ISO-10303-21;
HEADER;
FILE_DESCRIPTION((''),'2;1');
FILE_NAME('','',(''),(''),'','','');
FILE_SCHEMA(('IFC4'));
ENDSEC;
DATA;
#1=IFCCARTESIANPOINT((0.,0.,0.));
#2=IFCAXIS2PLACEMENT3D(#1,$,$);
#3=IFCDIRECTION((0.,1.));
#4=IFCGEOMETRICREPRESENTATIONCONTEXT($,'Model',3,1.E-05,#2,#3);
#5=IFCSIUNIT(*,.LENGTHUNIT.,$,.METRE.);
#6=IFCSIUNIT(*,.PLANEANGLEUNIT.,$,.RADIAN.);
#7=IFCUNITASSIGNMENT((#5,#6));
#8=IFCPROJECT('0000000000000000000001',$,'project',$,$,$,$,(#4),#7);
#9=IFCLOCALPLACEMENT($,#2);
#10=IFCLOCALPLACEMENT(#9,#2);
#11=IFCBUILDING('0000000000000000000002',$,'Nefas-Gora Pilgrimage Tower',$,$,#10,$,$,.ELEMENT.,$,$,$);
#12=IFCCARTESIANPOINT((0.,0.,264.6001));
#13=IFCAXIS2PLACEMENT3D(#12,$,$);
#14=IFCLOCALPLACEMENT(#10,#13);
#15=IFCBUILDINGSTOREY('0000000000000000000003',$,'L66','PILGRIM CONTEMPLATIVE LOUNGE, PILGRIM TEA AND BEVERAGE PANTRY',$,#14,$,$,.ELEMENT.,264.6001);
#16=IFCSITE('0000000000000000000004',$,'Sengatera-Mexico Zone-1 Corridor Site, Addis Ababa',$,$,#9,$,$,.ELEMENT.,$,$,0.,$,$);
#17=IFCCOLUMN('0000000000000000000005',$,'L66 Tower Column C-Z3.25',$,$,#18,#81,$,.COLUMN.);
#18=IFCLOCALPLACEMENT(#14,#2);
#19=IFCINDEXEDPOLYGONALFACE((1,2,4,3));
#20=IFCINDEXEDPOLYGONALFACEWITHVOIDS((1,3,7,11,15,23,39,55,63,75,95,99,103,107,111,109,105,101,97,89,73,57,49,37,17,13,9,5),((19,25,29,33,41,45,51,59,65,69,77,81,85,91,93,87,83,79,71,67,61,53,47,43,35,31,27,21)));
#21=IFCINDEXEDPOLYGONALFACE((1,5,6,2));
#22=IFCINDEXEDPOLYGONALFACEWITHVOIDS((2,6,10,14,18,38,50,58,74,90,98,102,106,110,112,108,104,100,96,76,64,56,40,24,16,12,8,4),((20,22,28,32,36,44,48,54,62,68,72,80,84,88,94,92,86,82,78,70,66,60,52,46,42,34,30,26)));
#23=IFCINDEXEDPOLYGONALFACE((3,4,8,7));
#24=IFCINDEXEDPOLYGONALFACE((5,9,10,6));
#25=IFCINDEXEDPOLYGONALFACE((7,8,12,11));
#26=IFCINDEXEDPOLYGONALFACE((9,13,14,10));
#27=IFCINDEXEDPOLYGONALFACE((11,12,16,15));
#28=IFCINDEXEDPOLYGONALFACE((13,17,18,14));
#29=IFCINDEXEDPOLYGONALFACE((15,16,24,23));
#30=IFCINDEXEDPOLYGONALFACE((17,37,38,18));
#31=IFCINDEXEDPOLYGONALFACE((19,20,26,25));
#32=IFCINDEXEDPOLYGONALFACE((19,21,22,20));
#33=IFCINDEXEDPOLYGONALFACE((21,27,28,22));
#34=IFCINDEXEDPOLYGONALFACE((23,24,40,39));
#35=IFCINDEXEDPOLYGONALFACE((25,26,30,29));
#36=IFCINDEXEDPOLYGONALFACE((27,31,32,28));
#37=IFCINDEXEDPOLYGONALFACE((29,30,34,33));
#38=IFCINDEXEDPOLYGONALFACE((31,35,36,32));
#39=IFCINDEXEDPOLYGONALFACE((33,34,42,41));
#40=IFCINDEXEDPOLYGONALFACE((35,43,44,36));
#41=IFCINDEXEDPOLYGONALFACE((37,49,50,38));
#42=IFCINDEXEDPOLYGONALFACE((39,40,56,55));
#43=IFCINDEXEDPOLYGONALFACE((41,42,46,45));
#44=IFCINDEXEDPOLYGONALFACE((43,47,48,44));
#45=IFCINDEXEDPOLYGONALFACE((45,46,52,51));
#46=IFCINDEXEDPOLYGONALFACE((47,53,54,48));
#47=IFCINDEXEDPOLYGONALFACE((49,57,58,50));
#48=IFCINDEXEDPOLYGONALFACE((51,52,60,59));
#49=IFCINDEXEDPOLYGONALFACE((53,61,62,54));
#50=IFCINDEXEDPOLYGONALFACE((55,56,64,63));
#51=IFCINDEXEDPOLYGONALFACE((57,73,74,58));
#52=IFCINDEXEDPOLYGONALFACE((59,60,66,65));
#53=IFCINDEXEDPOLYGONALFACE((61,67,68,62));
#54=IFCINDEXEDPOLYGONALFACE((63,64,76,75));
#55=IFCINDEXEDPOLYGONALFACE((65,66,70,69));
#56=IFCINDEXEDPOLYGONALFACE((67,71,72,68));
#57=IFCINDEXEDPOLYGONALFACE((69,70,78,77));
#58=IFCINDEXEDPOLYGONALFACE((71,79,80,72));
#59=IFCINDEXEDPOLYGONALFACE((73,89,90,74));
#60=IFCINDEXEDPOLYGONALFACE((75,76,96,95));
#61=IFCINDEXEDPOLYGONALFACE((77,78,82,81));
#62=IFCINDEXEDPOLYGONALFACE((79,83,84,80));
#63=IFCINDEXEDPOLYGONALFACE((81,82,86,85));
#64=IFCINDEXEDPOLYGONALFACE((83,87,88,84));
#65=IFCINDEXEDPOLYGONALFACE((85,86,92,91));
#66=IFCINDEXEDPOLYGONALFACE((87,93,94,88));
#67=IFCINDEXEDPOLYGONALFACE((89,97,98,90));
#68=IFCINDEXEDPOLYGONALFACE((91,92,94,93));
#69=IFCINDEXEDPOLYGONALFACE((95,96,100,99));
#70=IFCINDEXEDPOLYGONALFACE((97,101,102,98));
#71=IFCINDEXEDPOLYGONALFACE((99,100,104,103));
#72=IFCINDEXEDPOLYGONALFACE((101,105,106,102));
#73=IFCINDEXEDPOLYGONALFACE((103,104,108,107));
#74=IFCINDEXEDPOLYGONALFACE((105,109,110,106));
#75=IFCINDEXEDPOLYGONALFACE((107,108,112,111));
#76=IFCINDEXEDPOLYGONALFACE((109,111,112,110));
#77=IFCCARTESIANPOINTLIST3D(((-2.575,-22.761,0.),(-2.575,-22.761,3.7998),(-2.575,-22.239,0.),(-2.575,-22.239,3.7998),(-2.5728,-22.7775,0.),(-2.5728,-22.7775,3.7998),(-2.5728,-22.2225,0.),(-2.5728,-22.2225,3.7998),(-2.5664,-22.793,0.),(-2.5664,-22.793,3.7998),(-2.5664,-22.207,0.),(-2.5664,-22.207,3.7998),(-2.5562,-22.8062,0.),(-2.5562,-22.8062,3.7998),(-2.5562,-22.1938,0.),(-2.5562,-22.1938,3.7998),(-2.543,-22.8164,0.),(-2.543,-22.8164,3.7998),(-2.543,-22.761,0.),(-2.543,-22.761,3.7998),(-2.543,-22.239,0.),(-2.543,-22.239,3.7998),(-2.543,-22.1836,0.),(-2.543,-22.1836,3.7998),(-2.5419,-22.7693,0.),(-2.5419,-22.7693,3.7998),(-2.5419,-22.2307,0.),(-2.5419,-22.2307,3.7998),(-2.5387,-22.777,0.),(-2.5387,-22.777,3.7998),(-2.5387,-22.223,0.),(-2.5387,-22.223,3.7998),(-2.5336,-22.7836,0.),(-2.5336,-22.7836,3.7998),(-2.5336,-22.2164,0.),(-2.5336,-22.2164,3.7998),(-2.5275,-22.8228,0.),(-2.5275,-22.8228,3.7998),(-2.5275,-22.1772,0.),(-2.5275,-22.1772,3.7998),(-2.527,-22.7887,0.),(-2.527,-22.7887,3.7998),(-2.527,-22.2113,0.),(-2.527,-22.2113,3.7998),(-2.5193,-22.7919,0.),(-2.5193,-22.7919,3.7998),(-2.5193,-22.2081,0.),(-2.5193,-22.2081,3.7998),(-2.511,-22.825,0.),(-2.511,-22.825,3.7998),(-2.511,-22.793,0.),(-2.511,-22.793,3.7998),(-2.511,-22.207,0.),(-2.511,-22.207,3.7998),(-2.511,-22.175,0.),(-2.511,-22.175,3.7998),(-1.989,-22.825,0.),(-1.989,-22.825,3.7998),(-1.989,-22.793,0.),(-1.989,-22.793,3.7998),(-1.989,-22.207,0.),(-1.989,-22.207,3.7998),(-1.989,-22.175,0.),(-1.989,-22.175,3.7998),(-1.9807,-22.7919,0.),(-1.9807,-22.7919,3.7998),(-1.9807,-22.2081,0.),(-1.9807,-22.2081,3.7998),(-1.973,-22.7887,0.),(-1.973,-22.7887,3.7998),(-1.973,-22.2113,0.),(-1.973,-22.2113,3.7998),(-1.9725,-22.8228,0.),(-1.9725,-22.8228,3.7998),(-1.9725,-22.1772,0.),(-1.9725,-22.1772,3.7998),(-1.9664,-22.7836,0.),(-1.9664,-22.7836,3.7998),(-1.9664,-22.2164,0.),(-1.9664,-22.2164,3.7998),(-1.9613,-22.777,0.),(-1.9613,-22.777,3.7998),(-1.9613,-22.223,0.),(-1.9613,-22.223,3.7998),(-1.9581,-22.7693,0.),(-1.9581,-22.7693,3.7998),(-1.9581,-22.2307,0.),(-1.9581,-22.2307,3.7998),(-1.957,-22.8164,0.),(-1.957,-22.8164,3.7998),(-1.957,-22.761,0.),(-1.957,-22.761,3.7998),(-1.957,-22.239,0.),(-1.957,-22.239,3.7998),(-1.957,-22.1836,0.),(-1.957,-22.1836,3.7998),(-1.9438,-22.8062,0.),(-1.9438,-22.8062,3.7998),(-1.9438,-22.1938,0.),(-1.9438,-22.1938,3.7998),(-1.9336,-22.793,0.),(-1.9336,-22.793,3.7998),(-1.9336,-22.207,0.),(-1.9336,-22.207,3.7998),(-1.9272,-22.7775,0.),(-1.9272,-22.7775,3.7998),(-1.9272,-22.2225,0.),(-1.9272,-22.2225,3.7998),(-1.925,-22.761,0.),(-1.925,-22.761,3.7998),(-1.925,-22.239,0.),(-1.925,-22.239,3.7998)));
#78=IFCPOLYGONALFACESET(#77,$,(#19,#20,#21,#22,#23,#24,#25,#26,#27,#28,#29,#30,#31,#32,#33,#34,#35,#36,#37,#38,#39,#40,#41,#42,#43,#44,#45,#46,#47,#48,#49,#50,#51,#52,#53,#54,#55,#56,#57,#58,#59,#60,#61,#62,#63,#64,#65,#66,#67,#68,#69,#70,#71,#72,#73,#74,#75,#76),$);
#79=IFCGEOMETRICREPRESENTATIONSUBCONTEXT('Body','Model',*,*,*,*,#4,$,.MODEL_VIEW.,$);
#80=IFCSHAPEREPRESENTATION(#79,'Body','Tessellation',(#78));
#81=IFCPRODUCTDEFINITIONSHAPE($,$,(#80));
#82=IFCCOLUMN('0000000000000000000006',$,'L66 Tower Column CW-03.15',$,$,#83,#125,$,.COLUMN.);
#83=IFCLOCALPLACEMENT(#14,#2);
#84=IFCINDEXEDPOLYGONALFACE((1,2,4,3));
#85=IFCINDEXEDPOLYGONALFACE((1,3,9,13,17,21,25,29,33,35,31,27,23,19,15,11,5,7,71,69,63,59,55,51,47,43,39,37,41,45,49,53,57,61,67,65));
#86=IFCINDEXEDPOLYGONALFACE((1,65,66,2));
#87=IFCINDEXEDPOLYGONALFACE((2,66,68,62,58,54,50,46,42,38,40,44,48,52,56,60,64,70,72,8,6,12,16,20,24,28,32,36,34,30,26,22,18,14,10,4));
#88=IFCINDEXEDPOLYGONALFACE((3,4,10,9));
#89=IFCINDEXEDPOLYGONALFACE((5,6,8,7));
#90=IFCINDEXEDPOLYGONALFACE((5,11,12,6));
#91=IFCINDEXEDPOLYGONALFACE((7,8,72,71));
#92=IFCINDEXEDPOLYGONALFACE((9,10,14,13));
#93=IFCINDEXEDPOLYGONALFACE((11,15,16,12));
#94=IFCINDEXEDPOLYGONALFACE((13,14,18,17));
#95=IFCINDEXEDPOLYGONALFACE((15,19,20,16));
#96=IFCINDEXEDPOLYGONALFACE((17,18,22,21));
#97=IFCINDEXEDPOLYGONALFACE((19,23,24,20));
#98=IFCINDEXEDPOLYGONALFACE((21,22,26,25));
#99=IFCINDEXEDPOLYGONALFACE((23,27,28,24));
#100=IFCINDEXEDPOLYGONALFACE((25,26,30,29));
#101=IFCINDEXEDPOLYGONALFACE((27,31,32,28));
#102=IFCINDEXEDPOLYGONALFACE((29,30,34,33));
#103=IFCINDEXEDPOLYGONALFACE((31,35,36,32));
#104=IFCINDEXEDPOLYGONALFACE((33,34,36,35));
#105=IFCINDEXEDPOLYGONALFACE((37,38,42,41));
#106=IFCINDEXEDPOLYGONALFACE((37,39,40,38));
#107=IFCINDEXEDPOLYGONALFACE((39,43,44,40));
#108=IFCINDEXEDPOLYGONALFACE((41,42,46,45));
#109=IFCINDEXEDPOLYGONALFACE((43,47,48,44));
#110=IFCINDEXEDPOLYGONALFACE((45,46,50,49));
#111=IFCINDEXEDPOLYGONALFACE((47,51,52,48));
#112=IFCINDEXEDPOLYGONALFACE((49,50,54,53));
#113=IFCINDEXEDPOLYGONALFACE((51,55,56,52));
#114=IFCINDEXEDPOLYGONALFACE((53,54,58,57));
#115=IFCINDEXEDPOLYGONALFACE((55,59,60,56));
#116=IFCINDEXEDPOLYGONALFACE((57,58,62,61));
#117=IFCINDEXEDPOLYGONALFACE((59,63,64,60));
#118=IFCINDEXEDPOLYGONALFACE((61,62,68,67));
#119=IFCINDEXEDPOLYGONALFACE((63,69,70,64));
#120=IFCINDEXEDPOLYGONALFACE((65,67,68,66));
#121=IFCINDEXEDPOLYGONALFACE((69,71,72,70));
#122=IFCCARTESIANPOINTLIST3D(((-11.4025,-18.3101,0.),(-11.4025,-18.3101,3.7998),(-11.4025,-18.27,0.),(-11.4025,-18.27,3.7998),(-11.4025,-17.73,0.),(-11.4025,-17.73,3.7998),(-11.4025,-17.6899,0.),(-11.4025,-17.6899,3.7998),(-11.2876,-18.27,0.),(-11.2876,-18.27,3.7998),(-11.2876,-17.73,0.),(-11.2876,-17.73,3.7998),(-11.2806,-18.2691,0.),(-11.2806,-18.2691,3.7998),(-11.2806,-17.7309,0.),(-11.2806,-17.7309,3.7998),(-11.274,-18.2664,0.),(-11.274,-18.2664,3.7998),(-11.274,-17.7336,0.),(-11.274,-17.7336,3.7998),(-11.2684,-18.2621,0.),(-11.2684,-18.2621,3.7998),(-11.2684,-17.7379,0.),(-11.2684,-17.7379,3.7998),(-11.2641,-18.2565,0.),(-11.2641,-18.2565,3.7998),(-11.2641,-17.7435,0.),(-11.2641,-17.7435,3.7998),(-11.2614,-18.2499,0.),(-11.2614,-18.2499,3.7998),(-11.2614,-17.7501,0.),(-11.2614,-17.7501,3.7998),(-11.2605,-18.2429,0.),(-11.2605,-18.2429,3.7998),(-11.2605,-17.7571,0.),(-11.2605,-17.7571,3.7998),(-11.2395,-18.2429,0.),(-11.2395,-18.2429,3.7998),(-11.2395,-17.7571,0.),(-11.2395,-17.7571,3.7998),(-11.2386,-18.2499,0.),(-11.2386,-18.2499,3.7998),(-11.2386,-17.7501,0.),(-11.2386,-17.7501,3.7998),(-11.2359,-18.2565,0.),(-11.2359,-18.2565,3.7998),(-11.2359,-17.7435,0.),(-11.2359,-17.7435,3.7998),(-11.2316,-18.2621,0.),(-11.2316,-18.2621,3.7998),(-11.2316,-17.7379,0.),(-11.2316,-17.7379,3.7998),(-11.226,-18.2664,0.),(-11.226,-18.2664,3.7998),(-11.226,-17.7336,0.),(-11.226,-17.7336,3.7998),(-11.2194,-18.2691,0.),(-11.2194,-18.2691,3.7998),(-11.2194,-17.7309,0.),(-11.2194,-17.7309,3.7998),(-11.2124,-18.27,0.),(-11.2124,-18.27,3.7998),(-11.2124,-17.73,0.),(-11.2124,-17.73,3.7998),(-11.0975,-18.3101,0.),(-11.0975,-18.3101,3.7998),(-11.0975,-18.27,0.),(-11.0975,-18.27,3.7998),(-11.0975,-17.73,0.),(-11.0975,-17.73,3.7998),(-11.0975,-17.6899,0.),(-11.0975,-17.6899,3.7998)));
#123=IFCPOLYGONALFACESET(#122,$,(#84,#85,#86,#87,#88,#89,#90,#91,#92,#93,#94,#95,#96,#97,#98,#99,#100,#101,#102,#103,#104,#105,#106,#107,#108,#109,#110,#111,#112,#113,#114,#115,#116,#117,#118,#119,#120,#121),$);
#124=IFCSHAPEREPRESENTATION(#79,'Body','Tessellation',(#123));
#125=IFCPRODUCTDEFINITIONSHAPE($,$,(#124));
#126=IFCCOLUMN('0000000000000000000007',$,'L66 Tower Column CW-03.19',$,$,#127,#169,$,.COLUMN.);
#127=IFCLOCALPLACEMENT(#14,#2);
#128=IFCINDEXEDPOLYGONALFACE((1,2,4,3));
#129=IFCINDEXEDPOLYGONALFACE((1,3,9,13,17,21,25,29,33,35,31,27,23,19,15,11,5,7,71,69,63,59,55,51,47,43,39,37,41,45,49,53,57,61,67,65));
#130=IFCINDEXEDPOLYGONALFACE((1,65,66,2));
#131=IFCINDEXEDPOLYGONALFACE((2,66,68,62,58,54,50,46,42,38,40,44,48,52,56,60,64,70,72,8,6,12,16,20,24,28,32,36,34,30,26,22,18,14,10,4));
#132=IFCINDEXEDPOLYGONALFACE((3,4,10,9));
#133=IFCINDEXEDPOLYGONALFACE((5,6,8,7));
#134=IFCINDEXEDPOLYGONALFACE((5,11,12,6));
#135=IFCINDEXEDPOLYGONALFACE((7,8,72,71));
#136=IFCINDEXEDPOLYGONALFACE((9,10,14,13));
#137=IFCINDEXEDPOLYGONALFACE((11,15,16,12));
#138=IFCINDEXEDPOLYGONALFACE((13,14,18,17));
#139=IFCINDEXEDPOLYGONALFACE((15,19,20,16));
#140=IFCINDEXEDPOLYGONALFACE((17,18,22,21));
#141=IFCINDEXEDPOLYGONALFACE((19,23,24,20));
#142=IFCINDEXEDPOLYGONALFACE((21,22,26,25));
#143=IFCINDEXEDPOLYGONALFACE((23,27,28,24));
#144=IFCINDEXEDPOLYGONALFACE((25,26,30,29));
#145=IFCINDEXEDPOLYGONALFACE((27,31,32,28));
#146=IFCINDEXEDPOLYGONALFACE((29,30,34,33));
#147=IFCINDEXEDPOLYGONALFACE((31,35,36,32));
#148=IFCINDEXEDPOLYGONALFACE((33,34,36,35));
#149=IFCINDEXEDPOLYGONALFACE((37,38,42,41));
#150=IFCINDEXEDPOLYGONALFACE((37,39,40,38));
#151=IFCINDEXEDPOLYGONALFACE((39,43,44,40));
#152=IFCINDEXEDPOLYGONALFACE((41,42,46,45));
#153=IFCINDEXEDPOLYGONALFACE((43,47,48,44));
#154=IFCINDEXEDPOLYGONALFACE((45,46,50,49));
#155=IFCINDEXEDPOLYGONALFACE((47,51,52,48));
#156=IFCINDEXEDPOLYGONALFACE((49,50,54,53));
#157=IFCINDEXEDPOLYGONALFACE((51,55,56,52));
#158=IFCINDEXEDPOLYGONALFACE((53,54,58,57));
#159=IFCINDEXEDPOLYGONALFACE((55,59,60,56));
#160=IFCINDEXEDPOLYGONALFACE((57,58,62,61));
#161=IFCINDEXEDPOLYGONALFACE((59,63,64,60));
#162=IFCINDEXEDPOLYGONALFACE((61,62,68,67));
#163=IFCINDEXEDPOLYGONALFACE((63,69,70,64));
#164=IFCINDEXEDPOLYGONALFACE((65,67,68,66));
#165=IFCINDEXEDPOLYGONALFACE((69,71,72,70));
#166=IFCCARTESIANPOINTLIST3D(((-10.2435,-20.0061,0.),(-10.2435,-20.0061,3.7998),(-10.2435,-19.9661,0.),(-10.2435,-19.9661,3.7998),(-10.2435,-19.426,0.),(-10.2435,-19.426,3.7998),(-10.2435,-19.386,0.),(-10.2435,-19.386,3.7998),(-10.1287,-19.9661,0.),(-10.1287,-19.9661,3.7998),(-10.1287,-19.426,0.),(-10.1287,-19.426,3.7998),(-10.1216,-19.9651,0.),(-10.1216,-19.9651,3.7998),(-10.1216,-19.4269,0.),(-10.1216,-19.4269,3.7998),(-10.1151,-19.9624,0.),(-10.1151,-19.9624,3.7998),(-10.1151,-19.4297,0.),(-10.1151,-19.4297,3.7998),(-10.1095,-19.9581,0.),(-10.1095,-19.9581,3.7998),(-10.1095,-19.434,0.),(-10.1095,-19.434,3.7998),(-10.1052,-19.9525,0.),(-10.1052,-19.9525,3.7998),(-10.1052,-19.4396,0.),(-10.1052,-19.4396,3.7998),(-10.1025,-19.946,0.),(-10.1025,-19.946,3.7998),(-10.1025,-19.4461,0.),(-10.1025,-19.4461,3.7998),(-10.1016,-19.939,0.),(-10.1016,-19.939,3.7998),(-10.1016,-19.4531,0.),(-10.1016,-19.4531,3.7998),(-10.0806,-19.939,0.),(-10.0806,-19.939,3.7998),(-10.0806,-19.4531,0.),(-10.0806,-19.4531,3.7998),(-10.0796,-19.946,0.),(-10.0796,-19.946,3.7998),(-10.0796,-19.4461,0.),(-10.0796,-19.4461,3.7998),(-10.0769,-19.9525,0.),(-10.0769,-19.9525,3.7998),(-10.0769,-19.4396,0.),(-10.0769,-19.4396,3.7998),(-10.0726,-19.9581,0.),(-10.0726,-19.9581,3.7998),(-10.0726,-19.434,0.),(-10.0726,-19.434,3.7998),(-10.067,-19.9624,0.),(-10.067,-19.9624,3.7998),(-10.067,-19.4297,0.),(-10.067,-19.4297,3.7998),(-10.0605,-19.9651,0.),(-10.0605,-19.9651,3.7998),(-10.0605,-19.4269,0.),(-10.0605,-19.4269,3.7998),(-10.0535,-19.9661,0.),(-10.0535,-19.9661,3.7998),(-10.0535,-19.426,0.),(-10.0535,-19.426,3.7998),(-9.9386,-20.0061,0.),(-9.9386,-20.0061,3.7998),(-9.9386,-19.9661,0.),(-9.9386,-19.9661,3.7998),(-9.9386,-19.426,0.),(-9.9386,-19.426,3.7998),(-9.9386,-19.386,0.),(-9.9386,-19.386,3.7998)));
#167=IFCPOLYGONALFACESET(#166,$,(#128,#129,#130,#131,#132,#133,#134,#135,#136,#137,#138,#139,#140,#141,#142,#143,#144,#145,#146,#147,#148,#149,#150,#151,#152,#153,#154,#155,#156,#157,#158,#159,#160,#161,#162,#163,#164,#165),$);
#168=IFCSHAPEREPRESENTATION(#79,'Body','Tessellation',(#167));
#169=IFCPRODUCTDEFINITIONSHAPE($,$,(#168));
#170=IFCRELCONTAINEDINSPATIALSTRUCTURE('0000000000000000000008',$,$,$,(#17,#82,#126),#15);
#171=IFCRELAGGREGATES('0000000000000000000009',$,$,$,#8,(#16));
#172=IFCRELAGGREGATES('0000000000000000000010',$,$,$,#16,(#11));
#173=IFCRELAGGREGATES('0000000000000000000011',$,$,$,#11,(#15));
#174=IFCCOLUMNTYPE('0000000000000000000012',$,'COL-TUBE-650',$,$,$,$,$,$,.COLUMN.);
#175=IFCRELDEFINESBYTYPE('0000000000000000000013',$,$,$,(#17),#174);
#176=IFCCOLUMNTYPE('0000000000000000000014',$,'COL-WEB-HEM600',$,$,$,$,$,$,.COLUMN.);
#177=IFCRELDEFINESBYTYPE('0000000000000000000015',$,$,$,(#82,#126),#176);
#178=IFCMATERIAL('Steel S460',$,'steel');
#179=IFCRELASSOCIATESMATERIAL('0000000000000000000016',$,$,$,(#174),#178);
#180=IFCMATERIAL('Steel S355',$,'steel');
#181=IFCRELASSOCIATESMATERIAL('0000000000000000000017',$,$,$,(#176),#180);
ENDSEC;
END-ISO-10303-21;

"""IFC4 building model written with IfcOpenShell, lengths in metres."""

from ifc_helpers import new_model, si_unit, direction, frame, origin, origin_2d, place, context, subcontext, project, spatial, hollow_rectangle, i_section, extrude, source, transform, mapped, material, material_profile, profile_set, type_object, element, save


model = new_model("IFC4")

# Units and contexts
model_context = context("Model", 3, precision=1e-05, world=origin(), true_north=direction((0.0, 1.0)))
body_context = subcontext(model_context, "Body", "Model", "MODEL_VIEW")
ifc_project = project(units=[si_unit("LENGTHUNIT", "METRE"), si_unit("PLANEANGLEUNIT", "RADIAN")], contexts=[model_context])

# Site, building, storey
site_placement = place(None, origin())
site = spatial("IfcSite", under=ifc_project, at=site_placement, Name="Sengatera-Mexico Zone-1 Corridor Site, Addis Ababa", CompositionType="ELEMENT", RefElevation=0.0)
building_placement = place(site_placement, origin())
building = spatial("IfcBuilding", under=site, at=building_placement, Name="Nefas-Gora Pilgrimage Tower", CompositionType="ELEMENT")
storey_placement = place(building_placement, frame((0.0, 0.0, 264.6001)))
storey = spatial("IfcBuildingStorey", under=building, at=storey_placement, Name="L66", Description="PILGRIM CONTEMPLATIVE LOUNGE, PILGRIM TEA AND BEVERAGE PANTRY", CompositionType="ELEMENT", Elevation=264.6001)

# Columns
ifc_material_1 = material(Name="Steel S460", Category="steel")
ifc_material_profile_1 = material_profile(ifc_material_1, hollow_rectangle(XDim=0.6499, YDim=0.6499, WallThickness=0.032, InnerFilletRadius=0.032, OuterFilletRadius=0.064, at=origin_2d()), Name="BOX 650x650x32")
ifc_profile_set_1 = profile_set([ifc_material_profile_1], Name="Steel S460")
column_type_1 = type_object("IfcColumnType", Name="COL-TUBE-650", PredefinedType="COLUMN", material=ifc_profile_set_1)
shared_shape_1 = source(origin(), body_context, "Body", "SweptSolid", [
    extrude(hollow_rectangle(XDim=0.6499, YDim=0.6499, WallThickness=0.032, InnerFilletRadius=0.032, OuterFilletRadius=0.064, at=origin_2d()), origin(), (0.0, 0.0, 1.0), 3.7998),
])
for number, where, z_axis, x_axis, name in (
    (1, (-2.25, -22.5, 0.0), (0.0, 0.0, 1.0), (1.0, 0.0, 0.0), "L66 Tower Column C-Z3.25"),
):
    element("IfcColumn", number, at=place(storey_placement, frame(where, z_axis=z_axis, x_axis=x_axis)), inside=storey, type_object=column_type_1, Name=name, PredefinedType="COLUMN", context=body_context, shape_type="MappedRepresentation", body=[
        mapped(shared_shape_1, transform((0.0, 0.0, 0.0), x_axis=(1.0, 0.0, 0.0), y_axis=(0.0, 1.0, 0.0), z_axis=(0.0, 0.0, 1.0), scale=1.0)),
    ])
ifc_material_2 = material(Name="Steel S355", Category="steel")
ifc_material_profile_2 = material_profile(ifc_material_2, i_section(OverallWidth=0.3049, OverallDepth=0.6201, WebThickness=0.021, FlangeThickness=0.04, FilletRadius=0.0271, at=origin_2d()), Name="HEM 600")
ifc_profile_set_2 = profile_set([ifc_material_profile_2], Name="Steel S355")
column_type_2 = type_object("IfcColumnType", Name="COL-WEB-HEM600", PredefinedType="COLUMN", material=ifc_profile_set_2)
shared_shape_2 = source(origin(), body_context, "Body", "SweptSolid", [
    extrude(i_section(OverallWidth=0.3049, OverallDepth=0.6201, WebThickness=0.021, FlangeThickness=0.04, FilletRadius=0.0271, at=origin_2d()), origin(), (0.0, 0.0, 1.0), 3.7998),
])
for number, where, z_axis, x_axis, name in (
    (2, (-11.25, -18.0, 0.0), (0.0, 0.0, 1.0), (1.0, 0.0, 0.0), "L66 Tower Column CW-03.15"),
    (3, (-10.0911, -19.696, 0.0), (0.0, 0.0, 1.0), (1.0, 0.0, 0.0), "L66 Tower Column CW-03.19"),
):
    element("IfcColumn", number, at=place(storey_placement, frame(where, z_axis=z_axis, x_axis=x_axis)), inside=storey, type_object=column_type_2, Name=name, PredefinedType="COLUMN", context=body_context, shape_type="MappedRepresentation", body=[
        mapped(shared_shape_2, transform((0.0, 0.0, 0.0), x_axis=(1.0, 0.0, 0.0), y_axis=(0.0, 1.0, 0.0), z_axis=(0.0, 0.0, 1.0), scale=1.0)),
    ])

save(model, "model.ifc")
